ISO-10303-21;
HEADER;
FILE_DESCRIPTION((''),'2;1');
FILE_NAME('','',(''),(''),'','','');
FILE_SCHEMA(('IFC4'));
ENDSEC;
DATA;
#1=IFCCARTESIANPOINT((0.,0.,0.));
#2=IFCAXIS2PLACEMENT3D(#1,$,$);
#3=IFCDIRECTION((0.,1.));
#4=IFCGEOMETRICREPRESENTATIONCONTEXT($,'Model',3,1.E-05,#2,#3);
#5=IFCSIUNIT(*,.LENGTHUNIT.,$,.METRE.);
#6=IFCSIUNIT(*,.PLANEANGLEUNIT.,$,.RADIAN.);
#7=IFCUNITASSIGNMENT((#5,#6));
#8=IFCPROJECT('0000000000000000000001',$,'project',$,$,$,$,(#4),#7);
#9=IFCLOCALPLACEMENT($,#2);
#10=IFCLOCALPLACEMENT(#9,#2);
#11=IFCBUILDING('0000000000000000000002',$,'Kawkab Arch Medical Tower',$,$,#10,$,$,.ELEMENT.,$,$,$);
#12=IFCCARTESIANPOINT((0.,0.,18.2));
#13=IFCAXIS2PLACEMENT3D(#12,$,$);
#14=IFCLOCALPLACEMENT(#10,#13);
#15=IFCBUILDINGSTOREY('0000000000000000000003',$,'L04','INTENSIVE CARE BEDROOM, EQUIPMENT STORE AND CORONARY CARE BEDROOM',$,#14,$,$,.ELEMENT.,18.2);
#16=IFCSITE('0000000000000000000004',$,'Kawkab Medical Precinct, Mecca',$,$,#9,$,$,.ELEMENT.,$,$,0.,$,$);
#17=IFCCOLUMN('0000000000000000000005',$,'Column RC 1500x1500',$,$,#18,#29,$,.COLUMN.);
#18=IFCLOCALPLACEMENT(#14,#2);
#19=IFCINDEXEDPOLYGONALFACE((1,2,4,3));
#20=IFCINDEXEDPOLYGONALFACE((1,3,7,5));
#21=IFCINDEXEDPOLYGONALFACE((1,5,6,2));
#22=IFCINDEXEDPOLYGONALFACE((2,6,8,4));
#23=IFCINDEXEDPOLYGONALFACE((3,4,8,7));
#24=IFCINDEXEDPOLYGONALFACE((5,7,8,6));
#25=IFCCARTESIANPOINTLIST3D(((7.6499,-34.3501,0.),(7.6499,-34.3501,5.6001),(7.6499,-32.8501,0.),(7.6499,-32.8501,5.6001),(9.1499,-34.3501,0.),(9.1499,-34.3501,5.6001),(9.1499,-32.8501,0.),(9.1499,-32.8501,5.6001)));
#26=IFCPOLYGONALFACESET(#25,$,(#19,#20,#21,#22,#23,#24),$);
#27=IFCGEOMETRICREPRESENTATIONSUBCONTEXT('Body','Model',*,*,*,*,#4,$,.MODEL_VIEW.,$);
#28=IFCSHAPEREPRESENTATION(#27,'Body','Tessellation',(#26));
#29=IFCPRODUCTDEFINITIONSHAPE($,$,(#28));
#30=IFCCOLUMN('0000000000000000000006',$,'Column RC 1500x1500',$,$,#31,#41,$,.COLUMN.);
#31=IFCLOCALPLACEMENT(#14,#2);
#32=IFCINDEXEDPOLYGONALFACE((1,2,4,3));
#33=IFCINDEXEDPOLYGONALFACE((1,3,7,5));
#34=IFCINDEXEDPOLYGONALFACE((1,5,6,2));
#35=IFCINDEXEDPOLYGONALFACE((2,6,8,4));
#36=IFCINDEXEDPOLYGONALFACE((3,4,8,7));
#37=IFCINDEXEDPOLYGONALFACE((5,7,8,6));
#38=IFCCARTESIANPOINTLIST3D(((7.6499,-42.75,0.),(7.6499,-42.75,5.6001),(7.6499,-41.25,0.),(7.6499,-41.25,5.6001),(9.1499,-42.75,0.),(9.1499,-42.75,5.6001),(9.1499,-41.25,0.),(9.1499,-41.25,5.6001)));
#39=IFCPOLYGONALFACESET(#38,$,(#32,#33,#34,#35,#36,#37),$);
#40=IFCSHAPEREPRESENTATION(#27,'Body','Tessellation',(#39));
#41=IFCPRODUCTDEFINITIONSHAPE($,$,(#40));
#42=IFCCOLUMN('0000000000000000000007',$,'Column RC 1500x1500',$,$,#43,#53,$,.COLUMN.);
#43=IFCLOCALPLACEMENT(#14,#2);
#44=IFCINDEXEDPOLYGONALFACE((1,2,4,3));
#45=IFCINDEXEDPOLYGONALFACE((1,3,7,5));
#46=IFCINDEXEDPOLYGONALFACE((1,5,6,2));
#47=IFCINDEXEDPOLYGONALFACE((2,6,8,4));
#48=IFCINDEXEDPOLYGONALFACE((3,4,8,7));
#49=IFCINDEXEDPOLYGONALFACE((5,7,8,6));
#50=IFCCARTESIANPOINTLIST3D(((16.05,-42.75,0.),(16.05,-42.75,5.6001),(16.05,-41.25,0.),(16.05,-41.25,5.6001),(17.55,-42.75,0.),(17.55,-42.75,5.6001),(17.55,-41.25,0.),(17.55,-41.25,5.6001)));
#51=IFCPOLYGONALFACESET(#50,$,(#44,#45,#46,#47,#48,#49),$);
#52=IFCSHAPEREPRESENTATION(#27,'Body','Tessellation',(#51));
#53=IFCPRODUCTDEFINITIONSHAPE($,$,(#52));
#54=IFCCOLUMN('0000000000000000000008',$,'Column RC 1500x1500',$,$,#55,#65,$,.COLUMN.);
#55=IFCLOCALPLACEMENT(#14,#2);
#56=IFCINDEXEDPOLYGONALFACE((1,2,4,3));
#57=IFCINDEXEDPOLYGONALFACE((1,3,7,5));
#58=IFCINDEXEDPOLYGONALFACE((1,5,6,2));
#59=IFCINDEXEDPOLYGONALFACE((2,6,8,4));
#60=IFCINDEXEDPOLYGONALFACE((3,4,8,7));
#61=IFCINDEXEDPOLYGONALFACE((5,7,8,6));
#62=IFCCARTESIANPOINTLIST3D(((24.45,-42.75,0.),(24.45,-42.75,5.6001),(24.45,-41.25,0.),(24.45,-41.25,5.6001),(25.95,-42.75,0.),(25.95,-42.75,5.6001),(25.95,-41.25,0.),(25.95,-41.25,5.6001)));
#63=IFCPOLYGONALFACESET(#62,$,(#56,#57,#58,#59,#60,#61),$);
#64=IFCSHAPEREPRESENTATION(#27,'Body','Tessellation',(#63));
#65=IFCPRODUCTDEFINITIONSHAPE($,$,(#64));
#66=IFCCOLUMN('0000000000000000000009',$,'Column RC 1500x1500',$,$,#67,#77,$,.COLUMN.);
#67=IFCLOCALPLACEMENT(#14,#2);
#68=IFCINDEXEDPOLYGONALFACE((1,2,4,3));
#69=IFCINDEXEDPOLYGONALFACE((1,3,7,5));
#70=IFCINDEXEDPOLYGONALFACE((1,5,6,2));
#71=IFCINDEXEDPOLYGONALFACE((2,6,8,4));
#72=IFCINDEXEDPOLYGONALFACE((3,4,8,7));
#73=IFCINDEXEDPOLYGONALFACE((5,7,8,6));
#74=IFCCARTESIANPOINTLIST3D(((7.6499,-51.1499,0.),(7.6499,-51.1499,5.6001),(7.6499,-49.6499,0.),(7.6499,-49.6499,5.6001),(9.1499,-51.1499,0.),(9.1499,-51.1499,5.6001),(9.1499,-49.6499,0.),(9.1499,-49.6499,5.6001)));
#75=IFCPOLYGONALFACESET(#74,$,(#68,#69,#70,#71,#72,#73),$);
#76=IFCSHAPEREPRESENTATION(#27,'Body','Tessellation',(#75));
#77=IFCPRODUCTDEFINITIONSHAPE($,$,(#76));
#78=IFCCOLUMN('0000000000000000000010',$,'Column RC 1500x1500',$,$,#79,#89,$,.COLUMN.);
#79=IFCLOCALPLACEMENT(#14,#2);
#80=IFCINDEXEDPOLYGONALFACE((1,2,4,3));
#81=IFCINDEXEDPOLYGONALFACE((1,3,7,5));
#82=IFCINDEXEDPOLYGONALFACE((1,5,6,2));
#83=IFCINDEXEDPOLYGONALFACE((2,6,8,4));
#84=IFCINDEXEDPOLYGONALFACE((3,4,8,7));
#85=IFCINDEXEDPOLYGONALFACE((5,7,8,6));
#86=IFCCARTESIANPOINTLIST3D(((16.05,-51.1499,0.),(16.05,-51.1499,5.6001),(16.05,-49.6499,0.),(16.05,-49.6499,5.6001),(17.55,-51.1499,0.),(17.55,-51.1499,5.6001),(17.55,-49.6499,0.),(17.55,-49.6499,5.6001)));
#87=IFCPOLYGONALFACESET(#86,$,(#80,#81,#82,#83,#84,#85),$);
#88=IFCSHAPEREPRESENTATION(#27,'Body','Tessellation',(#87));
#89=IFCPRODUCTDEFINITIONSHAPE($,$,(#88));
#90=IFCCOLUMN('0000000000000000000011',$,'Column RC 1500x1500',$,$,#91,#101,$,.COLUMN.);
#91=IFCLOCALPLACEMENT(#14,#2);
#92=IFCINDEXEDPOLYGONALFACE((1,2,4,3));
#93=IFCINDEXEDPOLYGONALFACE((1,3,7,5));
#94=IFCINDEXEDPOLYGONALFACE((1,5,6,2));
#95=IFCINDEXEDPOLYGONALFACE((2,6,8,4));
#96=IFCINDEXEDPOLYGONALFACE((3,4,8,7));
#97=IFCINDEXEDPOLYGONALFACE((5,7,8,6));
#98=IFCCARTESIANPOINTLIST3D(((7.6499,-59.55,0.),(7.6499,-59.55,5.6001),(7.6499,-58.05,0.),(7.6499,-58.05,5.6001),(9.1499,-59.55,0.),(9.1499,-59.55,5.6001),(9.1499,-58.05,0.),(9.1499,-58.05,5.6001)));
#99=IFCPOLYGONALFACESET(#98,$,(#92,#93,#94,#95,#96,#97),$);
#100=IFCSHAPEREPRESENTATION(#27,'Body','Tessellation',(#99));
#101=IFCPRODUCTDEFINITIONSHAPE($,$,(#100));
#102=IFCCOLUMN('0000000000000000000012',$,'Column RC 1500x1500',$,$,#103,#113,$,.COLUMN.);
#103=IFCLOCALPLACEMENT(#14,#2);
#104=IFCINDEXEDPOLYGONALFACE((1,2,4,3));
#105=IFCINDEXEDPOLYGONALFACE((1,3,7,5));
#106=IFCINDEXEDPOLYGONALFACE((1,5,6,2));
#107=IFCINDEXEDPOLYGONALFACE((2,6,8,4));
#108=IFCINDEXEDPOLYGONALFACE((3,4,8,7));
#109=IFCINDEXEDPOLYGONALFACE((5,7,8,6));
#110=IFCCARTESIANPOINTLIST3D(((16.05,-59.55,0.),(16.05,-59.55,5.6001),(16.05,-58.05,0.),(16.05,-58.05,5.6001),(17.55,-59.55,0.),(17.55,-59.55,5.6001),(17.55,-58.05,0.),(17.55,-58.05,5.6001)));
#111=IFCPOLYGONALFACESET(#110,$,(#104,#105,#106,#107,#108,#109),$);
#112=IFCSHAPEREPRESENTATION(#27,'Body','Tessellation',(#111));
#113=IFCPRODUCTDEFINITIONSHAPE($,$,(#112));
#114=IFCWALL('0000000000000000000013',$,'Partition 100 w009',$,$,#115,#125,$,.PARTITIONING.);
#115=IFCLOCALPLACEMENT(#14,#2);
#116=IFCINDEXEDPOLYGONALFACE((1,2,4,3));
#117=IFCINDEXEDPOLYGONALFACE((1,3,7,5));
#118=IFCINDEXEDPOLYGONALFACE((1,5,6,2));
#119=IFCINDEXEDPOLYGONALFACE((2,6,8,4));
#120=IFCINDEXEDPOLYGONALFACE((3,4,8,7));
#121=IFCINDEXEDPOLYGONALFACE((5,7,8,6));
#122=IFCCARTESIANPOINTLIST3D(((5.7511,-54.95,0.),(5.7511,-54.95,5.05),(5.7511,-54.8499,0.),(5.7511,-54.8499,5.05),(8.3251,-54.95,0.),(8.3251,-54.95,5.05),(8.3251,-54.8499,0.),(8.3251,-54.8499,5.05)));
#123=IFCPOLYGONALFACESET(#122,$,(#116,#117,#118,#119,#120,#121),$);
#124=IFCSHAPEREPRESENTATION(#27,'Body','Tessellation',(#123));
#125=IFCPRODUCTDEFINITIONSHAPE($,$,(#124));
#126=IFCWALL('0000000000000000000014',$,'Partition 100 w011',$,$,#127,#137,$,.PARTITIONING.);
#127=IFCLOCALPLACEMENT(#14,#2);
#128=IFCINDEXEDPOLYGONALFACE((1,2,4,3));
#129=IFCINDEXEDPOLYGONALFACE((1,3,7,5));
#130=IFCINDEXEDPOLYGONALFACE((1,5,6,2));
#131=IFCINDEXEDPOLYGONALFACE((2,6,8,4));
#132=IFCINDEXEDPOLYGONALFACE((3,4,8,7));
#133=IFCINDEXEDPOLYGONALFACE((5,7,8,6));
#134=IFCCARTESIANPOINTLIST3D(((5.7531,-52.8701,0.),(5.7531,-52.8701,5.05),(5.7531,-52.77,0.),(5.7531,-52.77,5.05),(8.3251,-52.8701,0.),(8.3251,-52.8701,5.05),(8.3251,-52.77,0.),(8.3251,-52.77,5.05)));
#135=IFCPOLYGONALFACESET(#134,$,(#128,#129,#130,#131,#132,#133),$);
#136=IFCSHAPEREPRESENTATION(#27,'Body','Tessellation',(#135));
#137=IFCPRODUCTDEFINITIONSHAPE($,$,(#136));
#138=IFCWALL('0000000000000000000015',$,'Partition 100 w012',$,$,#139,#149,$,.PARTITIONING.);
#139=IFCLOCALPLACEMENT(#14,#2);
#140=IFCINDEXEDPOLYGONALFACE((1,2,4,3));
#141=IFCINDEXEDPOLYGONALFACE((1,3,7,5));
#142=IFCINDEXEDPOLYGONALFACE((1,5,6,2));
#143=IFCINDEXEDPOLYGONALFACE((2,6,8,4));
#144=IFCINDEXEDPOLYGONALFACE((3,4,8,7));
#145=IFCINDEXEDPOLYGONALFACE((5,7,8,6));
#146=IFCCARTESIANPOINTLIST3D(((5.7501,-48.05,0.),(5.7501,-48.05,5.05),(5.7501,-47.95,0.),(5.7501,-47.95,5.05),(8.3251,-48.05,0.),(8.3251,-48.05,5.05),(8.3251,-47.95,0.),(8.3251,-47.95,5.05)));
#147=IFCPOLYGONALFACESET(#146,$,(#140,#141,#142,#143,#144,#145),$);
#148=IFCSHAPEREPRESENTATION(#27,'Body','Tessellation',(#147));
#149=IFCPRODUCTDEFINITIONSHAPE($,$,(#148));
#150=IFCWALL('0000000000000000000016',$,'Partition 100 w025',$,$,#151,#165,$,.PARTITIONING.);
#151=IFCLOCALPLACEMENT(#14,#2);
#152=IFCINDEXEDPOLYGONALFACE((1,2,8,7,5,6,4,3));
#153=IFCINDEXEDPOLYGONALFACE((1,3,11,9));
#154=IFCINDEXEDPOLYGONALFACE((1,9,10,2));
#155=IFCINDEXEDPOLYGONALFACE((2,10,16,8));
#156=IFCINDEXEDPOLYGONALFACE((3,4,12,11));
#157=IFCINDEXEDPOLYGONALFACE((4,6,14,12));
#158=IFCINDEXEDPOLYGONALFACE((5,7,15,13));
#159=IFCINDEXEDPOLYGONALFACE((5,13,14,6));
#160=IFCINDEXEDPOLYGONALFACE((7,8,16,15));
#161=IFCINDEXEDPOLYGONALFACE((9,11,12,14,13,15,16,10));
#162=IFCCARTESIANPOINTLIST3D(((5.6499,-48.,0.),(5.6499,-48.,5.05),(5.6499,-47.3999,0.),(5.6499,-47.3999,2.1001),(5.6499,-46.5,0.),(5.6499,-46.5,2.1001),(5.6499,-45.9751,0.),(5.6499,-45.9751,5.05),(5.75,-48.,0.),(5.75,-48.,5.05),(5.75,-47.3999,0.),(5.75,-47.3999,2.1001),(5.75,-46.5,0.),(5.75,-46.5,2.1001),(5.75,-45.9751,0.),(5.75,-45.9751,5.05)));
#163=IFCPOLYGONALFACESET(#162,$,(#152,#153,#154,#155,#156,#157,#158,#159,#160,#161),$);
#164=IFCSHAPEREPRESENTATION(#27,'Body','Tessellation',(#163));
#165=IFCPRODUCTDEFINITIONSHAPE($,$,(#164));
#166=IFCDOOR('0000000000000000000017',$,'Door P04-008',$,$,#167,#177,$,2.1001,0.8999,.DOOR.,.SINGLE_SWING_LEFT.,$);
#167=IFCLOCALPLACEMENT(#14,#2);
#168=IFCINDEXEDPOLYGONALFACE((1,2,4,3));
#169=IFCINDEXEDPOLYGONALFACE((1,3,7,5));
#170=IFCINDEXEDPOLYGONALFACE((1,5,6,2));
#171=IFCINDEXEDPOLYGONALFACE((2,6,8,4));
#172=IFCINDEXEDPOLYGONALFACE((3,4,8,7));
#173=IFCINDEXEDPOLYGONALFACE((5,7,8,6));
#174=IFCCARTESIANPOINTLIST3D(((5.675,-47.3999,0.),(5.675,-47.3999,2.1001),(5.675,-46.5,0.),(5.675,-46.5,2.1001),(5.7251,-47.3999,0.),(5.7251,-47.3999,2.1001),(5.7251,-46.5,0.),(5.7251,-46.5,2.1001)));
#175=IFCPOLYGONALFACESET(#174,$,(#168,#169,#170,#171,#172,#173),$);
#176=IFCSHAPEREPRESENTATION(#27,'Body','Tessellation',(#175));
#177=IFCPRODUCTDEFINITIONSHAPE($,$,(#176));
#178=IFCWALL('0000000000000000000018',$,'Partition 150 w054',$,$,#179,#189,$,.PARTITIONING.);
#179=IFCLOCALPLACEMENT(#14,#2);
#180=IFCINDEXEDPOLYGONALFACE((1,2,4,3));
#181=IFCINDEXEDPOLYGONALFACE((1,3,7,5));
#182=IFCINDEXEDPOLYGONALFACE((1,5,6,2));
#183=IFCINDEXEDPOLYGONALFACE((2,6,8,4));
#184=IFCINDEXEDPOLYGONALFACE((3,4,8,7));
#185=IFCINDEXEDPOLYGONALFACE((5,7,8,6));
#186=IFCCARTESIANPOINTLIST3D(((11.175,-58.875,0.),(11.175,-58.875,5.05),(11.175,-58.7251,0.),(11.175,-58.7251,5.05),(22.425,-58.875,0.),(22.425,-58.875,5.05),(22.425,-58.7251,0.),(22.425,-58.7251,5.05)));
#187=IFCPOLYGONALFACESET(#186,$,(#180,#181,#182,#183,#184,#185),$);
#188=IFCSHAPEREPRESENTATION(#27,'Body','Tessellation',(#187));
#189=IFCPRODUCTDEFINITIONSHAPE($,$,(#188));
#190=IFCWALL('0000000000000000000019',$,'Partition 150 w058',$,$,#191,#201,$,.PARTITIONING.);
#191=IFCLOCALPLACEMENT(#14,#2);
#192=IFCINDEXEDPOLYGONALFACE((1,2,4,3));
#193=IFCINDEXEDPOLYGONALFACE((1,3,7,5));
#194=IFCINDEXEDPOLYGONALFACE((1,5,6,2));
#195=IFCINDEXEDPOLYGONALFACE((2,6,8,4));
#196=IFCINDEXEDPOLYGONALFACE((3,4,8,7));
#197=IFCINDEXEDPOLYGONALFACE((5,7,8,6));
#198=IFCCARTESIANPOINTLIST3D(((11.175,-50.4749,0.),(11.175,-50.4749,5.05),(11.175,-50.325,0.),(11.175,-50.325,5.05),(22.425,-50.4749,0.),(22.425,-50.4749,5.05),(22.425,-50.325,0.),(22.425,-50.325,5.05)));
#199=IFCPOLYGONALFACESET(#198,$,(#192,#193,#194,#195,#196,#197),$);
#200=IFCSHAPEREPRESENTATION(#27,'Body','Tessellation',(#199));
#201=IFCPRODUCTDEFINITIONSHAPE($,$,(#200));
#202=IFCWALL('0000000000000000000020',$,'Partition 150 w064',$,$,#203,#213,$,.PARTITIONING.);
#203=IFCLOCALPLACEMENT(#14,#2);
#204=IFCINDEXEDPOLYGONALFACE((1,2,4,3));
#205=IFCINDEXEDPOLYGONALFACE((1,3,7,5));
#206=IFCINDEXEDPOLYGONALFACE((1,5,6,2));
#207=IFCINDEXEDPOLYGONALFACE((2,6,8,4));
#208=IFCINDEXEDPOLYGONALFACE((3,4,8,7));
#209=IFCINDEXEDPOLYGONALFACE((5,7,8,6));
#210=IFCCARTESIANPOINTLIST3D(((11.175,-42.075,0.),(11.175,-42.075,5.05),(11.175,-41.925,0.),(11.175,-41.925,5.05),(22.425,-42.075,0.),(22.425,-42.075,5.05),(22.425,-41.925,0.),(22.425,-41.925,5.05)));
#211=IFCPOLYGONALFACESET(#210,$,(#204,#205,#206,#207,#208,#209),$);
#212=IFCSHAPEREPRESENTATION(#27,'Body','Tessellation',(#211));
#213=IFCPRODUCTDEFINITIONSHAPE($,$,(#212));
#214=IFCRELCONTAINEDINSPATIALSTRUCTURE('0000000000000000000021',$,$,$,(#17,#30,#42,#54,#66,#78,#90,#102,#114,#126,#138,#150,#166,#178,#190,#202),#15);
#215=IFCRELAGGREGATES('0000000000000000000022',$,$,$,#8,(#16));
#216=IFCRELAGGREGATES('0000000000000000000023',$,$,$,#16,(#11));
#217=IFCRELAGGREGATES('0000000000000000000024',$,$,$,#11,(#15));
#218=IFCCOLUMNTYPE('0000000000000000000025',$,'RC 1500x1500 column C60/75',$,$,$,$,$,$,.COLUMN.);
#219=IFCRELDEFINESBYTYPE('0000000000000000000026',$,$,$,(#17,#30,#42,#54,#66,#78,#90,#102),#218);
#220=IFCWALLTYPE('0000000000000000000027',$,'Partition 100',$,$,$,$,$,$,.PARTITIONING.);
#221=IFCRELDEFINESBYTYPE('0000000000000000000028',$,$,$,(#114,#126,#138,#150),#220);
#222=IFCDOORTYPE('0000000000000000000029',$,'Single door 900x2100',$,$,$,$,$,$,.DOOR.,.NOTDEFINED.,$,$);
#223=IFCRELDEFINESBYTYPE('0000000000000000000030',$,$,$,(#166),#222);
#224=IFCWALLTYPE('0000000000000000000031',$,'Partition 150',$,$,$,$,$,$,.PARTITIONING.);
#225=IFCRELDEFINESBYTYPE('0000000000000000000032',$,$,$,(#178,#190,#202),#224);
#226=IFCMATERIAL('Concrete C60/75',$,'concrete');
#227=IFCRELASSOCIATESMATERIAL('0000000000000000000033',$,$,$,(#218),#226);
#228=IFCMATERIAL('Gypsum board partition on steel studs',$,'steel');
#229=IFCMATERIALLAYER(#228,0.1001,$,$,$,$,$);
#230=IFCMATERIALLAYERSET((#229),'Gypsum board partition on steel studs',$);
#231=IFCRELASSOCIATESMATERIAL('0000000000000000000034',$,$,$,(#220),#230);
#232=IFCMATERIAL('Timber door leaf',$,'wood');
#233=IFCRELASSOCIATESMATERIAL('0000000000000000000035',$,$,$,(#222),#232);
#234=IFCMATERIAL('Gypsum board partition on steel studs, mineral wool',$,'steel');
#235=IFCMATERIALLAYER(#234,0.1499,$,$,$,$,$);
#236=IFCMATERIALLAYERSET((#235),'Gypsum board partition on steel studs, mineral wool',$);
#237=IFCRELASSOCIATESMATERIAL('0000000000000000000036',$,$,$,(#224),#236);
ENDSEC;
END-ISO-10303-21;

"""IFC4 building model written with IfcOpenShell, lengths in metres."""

from ifc_helpers import new_model, si_unit, direction, frame, frame_2d, origin, origin_2d, place, context, subcontext, project, spatial, rectangle, extrude, material, layer, layer_set, material_profile, profile_set, type_object, element, fill, save


model = new_model("IFC4")

# Units and contexts
model_context = context("Model", 3, precision=1e-05, world=origin(), true_north=direction((0.0, 1.0)))
body_context = subcontext(model_context, "Body", "Model", "MODEL_VIEW")
ifc_project = project(units=[si_unit("LENGTHUNIT", "METRE"), si_unit("PLANEANGLEUNIT", "RADIAN")], contexts=[model_context])

# Site, building, storey
site_placement = place(None, origin())
site = spatial("IfcSite", under=ifc_project, at=site_placement, Name="Kawkab Medical Precinct, Mecca", CompositionType="ELEMENT", RefElevation=0.0)
building_placement = place(site_placement, origin())
building = spatial("IfcBuilding", under=site, at=building_placement, Name="Kawkab Arch Medical Tower", CompositionType="ELEMENT")
storey_placement = place(building_placement, frame((0.0, 0.0, 18.2)))
storey = spatial("IfcBuildingStorey", under=building, at=storey_placement, Name="L04", Description="INTENSIVE CARE BEDROOM, EQUIPMENT STORE AND CORONARY CARE BEDROOM", CompositionType="ELEMENT", Elevation=18.2)

# Columns
ifc_material_1 = material(Name="Concrete C60/75", Category="concrete")
ifc_material_profile = material_profile(ifc_material_1, rectangle(XDim=1.5, YDim=1.5, at=origin_2d()), Name="RC 1500x1500")
ifc_profile_set = profile_set([ifc_material_profile], Name="Concrete C60/75")
column_type = type_object("IfcColumnType", Name="RC 1500x1500 column C60/75", PredefinedType="COLUMN", material=ifc_profile_set)
for number, where, z_axis, x_axis, name in (
    (1, (8.3999, -33.6001, 0.0), (0.0, 0.0, 1.0), (1.0, 0.0, 0.0), "Column RC 1500x1500"),
    (2, (8.3999, -42.0, 0.0), (0.0, 0.0, 1.0), (1.0, 0.0, 0.0), "Column RC 1500x1500"),
    (3, (16.8, -42.0, 0.0), (0.0, 0.0, 1.0), (1.0, 0.0, 0.0), "Column RC 1500x1500"),
    (4, (25.2, -42.0, 0.0), (0.0, 0.0, 1.0), (1.0, 0.0, 0.0), "Column RC 1500x1500"),
    (5, (8.3999, -50.3999, 0.0), (0.0, 0.0, 1.0), (1.0, 0.0, 0.0), "Column RC 1500x1500"),
    (6, (16.8, -50.3999, 0.0), (0.0, 0.0, 1.0), (1.0, 0.0, 0.0), "Column RC 1500x1500"),
    (7, (8.3999, -58.8, 0.0), (0.0, 0.0, 1.0), (1.0, 0.0, 0.0), "Column RC 1500x1500"),
    (8, (16.8, -58.8, 0.0), (0.0, 0.0, 1.0), (1.0, 0.0, 0.0), "Column RC 1500x1500"),
):
    element("IfcColumn", number, at=place(storey_placement, frame(where, z_axis=z_axis, x_axis=x_axis)), inside=storey, type_object=column_type, Name=name, PredefinedType="COLUMN", context=body_context, shape_type="SweptSolid", body=[
        extrude(rectangle(XDim=1.5, YDim=1.5, at=origin_2d()), origin(), (0.0, 0.0, 1.0), 5.6001),
    ])

# Walls
ifc_material_2 = material(Name="Gypsum board partition on steel studs", Category="steel")
ifc_layer_1 = layer(ifc_material_2, 0.1001)
ifc_layer_set_1 = layer_set([ifc_layer_1], Name="Gypsum board partition on steel studs")
wall_type_1 = type_object("IfcWallType", Name="Partition 100", PredefinedType="PARTITIONING", material=ifc_layer_set_1)
wall_1_placement = place(storey_placement, frame((5.751, -54.8999, 0.0), z_axis=(0.0, 0.0, 1.0), x_axis=(1.0, 0.0, 0.0)))
element("IfcWall", 9, at=wall_1_placement, inside=storey, type_object=wall_type_1, Name="Partition 100 w009", PredefinedType="PARTITIONING", context=body_context, shape_type="SweptSolid", body=[
    extrude(rectangle(XDim=2.574, YDim=0.1001, at=frame_2d((1.2871, 0.0))), origin(), (0.0, 0.0, 1.0), 5.05),
])
wall_2_placement = place(storey_placement, frame((5.7529, -52.8201, 0.0), z_axis=(0.0, 0.0, 1.0), x_axis=(1.0, 0.0, 0.0)))
element("IfcWall", 10, at=wall_2_placement, inside=storey, type_object=wall_type_1, Name="Partition 100 w011", PredefinedType="PARTITIONING", context=body_context, shape_type="SweptSolid", body=[
    extrude(rectangle(XDim=2.572, YDim=0.1001, at=frame_2d((1.2861, 0.0))), origin(), (0.0, 0.0, 1.0), 5.05),
])
wall_3_placement = place(storey_placement, frame((5.75, -48.0, 0.0), z_axis=(0.0, 0.0, 1.0), x_axis=(1.0, 0.0, 0.0)))
element("IfcWall", 11, at=wall_3_placement, inside=storey, type_object=wall_type_1, Name="Partition 100 w012", PredefinedType="PARTITIONING", context=body_context, shape_type="SweptSolid", body=[
    extrude(rectangle(XDim=2.575, YDim=0.1001, at=frame_2d((1.2876, 0.0))), origin(), (0.0, 0.0, 1.0), 5.05),
])

# Wall, opening, door
wall_4_placement = place(storey_placement, frame((5.7, -48.0, 0.0), z_axis=(0.0, 0.0, 1.0), x_axis=(0.0, 1.0, 0.0)))
wall_4 = element("IfcWall", 12, at=wall_4_placement, inside=storey, type_object=wall_type_1, Name="Partition 100 w025", PredefinedType="PARTITIONING", context=body_context, shape_type="SweptSolid", body=[
    extrude(rectangle(XDim=2.0249, YDim=0.1001, at=frame_2d((1.0125, 0.0))), origin(), (0.0, 0.0, 1.0), 5.05),
])
opening_placement = place(wall_4_placement, frame((0.6001, 0.0, 0.0)))
opening = element("IfcOpeningElement", 13, at=opening_placement, cuts=wall_4, PredefinedType="OPENING", context=body_context, shape_type="SweptSolid", body=[
    extrude(rectangle(XDim=0.8999, YDim=2.1001, at=frame_2d((0.45, 1.05))), frame((0.0, 0.0601, 0.0), z_axis=(0.0, -1.0, 0.0), x_axis=(1.0, 0.0, 0.0)), (0.0, 0.0, 1.0), 0.1201),
])
ifc_material_3 = material(Name="Timber door leaf", Category="wood")
door_type = type_object("IfcDoorType", Name="Single door 900x2100", OperationType="NOTDEFINED", PredefinedType="DOOR", material=ifc_material_3)
door_placement = place(opening_placement, origin())
door = element("IfcDoor", 14, at=door_placement, inside=storey, type_object=door_type, Name="Door P04-008", OperationType="SINGLE_SWING_LEFT", OverallHeight=2.1001, OverallWidth=0.8999, PredefinedType="DOOR", context=body_context, shape_type="SweptSolid", body=[
    extrude(rectangle(XDim=0.8999, YDim=2.1001, at=frame_2d((0.45, 1.05))), frame((0.0, 0.0249, 0.0), z_axis=(0.0, -1.0, 0.0), x_axis=(1.0, 0.0, 0.0)), (0.0, 0.0, 1.0), 0.05),
])
fill(opening, door)

# Walls
ifc_material_4 = material(Name="Gypsum board partition on steel studs, mineral wool", Category="steel")
ifc_layer_2 = layer(ifc_material_4, 0.1499)
ifc_layer_set_2 = layer_set([ifc_layer_2], Name="Gypsum board partition on steel studs, mineral wool")
wall_type_2 = type_object("IfcWallType", Name="Partition 150", PredefinedType="PARTITIONING", material=ifc_layer_set_2)
for number, where, z_axis, x_axis, name in (
    (15, (11.175, -58.8, 0.0), (0.0, 0.0, 1.0), (1.0, 0.0, 0.0), "Partition 150 w054"),
    (16, (11.175, -50.3999, 0.0), (0.0, 0.0, 1.0), (1.0, 0.0, 0.0), "Partition 150 w058"),
    (17, (11.175, -42.0, 0.0), (0.0, 0.0, 1.0), (1.0, 0.0, 0.0), "Partition 150 w064"),
):
    element("IfcWall", number, at=place(storey_placement, frame(where, z_axis=z_axis, x_axis=x_axis)), inside=storey, type_object=wall_type_2, Name=name, PredefinedType="PARTITIONING", context=body_context, shape_type="SweptSolid", body=[
        extrude(rectangle(XDim=11.25, YDim=0.1499, at=frame_2d((5.625, 0.0))), origin(), (0.0, 0.0, 1.0), 5.05),
    ])

save(model, "model.ifc")
